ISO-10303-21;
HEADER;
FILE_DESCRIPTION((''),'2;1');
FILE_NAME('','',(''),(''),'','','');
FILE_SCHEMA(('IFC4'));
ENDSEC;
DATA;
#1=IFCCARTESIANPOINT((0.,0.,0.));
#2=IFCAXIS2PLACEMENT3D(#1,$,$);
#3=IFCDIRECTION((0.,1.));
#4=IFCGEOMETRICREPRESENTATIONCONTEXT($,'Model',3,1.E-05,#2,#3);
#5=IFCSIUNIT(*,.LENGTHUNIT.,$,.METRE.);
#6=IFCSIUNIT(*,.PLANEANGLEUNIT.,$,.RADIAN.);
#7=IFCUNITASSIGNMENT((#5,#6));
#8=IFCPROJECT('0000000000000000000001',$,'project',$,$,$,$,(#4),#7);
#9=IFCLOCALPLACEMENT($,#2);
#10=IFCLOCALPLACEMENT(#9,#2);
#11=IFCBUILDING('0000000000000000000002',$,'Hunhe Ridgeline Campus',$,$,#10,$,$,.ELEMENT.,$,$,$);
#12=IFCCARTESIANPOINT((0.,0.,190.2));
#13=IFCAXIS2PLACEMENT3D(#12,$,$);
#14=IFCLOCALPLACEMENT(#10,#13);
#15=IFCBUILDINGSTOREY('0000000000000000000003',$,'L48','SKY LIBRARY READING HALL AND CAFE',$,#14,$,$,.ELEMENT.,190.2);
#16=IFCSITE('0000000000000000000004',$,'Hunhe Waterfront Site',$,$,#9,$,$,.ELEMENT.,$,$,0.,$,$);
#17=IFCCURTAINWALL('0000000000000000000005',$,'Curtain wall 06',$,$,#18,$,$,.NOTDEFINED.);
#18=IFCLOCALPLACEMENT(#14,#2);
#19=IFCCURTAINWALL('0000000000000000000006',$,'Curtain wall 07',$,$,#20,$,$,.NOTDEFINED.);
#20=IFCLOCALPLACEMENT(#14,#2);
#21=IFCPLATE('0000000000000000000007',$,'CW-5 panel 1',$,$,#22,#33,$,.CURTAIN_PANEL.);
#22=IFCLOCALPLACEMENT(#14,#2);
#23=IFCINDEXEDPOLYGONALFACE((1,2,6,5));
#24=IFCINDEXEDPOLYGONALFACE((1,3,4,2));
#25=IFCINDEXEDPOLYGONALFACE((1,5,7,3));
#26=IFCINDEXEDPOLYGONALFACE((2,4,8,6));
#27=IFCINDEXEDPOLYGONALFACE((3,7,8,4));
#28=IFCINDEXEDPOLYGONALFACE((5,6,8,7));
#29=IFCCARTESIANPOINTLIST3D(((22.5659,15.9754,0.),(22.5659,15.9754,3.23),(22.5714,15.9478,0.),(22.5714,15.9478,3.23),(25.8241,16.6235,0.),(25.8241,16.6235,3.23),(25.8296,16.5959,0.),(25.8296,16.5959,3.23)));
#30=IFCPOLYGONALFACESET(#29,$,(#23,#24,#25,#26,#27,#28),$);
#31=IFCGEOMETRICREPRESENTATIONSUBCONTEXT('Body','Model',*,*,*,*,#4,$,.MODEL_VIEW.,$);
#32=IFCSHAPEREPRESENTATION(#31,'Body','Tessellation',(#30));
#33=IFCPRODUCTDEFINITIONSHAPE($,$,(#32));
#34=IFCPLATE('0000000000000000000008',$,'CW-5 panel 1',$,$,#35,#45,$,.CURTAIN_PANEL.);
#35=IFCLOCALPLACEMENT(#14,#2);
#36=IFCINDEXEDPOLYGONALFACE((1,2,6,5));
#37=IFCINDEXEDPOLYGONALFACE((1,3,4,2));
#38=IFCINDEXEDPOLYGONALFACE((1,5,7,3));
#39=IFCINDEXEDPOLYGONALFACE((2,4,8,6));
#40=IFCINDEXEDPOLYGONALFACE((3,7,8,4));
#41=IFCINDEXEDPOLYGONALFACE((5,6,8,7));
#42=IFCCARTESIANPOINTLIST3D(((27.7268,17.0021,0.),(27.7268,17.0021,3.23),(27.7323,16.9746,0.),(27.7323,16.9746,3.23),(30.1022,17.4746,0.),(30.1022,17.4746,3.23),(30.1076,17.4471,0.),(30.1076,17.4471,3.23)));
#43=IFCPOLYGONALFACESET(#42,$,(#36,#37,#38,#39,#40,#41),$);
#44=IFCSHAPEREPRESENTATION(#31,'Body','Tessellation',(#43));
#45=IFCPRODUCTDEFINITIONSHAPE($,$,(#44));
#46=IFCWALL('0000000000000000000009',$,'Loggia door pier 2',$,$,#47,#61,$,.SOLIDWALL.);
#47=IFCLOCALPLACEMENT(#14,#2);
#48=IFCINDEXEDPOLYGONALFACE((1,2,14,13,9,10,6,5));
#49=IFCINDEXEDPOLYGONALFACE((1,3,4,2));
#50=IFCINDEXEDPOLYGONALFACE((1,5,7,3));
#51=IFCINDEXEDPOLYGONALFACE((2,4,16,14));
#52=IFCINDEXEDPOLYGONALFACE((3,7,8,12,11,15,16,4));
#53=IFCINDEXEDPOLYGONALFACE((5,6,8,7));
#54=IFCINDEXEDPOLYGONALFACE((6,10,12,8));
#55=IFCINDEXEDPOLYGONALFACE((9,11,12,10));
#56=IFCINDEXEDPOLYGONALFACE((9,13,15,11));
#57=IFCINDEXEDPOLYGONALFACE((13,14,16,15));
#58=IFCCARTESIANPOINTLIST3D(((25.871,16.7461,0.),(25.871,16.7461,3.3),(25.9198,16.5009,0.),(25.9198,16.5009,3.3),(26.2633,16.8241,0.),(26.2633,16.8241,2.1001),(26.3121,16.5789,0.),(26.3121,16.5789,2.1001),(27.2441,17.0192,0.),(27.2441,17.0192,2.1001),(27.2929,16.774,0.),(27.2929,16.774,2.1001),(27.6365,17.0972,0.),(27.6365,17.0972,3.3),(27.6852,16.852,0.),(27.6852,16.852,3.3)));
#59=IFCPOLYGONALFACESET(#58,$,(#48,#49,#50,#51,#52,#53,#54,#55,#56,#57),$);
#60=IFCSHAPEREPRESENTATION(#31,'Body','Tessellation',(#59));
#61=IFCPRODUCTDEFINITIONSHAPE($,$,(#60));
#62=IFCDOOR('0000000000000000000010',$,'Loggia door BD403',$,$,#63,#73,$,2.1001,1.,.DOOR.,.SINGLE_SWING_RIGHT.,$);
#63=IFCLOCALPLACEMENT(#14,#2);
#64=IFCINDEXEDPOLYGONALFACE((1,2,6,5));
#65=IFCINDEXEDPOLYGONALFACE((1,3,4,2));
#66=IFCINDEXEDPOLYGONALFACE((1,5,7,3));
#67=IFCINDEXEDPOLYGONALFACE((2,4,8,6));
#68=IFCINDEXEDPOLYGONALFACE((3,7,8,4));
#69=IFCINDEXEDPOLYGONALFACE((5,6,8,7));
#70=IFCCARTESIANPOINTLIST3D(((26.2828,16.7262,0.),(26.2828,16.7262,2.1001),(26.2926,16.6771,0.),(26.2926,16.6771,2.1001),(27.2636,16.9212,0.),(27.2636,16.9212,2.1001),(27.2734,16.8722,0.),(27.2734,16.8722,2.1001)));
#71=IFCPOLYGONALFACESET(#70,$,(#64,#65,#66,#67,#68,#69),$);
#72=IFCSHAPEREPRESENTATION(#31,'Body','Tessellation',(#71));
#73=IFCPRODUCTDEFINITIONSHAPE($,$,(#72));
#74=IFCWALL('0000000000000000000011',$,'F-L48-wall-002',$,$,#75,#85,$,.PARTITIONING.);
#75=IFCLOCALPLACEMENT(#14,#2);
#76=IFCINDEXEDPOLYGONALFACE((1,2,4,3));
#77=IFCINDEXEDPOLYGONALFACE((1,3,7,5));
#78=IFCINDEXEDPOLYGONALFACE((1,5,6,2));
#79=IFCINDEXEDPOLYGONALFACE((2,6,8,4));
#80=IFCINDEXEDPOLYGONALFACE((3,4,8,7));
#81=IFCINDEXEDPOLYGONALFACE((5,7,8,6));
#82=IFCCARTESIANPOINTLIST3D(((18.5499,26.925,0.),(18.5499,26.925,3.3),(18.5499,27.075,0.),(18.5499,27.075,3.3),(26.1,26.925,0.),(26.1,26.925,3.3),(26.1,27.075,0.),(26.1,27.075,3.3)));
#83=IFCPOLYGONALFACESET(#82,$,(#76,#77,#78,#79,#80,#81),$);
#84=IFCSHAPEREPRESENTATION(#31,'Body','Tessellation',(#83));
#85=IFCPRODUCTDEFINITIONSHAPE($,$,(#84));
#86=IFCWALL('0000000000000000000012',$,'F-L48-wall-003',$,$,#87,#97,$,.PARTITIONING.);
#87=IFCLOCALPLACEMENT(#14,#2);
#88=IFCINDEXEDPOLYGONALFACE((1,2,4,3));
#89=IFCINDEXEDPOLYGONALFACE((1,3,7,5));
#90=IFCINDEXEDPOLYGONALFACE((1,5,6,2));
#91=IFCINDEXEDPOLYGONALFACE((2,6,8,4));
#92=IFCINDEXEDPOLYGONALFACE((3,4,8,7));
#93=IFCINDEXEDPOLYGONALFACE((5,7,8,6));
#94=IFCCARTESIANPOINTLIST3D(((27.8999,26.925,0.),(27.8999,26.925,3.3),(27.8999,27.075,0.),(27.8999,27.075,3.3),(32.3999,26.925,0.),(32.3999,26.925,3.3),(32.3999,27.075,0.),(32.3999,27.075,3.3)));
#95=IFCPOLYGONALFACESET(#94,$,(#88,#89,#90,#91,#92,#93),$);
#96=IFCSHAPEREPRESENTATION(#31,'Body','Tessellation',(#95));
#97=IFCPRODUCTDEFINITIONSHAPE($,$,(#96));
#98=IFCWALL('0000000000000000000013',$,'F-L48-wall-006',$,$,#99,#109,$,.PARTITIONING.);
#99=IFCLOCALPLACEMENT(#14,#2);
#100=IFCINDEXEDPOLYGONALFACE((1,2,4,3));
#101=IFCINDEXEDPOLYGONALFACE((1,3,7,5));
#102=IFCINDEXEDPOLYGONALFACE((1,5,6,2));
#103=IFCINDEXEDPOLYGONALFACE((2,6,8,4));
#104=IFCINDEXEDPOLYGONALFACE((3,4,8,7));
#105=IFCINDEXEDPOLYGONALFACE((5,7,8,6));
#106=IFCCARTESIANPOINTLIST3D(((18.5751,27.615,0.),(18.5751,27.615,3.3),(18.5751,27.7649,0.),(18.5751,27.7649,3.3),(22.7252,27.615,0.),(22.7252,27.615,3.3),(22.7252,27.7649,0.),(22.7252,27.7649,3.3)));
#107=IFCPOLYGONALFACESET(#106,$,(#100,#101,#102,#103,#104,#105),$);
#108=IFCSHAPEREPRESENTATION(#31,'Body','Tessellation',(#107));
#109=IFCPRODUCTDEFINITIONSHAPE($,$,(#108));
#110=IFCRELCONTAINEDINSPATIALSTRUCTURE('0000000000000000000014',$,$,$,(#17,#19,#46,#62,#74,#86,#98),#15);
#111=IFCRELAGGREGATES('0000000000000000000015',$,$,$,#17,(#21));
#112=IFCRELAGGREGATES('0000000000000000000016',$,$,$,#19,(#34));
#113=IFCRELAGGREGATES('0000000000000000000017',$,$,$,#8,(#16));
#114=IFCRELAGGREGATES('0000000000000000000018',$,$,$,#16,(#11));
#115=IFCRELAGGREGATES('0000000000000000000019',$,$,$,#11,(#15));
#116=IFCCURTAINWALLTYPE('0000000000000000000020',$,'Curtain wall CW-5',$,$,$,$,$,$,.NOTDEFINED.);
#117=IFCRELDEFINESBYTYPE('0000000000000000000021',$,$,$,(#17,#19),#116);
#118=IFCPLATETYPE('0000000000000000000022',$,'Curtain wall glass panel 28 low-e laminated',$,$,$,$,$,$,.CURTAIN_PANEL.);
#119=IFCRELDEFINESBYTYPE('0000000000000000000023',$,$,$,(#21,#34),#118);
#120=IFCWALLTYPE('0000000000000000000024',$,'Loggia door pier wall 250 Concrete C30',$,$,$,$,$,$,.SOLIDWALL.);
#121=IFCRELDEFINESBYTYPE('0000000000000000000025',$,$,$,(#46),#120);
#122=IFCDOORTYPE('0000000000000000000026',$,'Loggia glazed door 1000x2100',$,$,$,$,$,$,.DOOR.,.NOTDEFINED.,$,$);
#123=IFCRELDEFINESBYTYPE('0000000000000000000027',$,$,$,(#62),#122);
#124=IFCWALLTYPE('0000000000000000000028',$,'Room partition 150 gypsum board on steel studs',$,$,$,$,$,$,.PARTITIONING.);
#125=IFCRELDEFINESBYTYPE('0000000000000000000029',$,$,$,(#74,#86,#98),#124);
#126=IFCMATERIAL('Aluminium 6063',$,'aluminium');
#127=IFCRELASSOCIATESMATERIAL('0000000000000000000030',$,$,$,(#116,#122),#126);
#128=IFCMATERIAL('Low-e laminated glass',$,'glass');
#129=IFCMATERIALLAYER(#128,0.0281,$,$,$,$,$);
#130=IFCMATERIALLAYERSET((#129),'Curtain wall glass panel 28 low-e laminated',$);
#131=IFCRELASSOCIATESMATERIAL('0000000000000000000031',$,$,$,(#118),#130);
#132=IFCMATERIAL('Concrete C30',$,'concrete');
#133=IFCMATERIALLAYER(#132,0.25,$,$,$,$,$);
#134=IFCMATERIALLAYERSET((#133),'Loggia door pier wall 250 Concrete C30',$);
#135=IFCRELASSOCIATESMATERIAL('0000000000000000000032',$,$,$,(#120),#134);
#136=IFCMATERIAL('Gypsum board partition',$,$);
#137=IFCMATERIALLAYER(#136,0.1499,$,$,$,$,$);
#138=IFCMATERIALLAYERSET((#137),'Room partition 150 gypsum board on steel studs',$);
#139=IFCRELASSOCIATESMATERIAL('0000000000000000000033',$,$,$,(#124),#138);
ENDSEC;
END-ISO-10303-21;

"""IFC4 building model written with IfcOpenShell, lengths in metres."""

from ifc_helpers import new_model, si_unit, direction, frame, frame_2d, origin, origin_2d, place, context, subcontext, project, spatial, rectangle, extrude, material, layer, layer_set, type_object, element, fill, aggregate, save


model = new_model("IFC4")

# Units and contexts
model_context = context("Model", 3, precision=1e-05, world=origin(), true_north=direction((0.0, 1.0)))
body_context = subcontext(model_context, "Body", "Model", "MODEL_VIEW")
ifc_project = project(units=[si_unit("LENGTHUNIT", "METRE"), si_unit("PLANEANGLEUNIT", "RADIAN")], contexts=[model_context])

# Site, building, storey
site_placement = place(None, origin())
site = spatial("IfcSite", under=ifc_project, at=site_placement, Name="Hunhe Waterfront Site", CompositionType="ELEMENT", RefElevation=0.0)
building_placement = place(site_placement, origin())
building = spatial("IfcBuilding", under=site, at=building_placement, Name="Hunhe Ridgeline Campus", CompositionType="ELEMENT")
storey_placement = place(building_placement, frame((0.0, 0.0, 190.2)))
storey = spatial("IfcBuildingStorey", under=building, at=storey_placement, Name="L48", Description="SKY LIBRARY READING HALL AND CAFE", CompositionType="ELEMENT", Elevation=190.2)

# Curtain walls
ifc_material_1 = material(Name="Aluminium 6063", Category="aluminium")
curtain_wall_type = type_object("IfcCurtainWallType", Name="Curtain wall CW-5", PredefinedType="NOTDEFINED", material=ifc_material_1)
curtain_wall_1_placement = place(storey_placement, origin())
curtain_wall_1 = element("IfcCurtainWall", 1, at=curtain_wall_1_placement, inside=storey, type_object=curtain_wall_type, Name="Curtain wall 06", PredefinedType="NOTDEFINED")
curtain_wall_2_placement = place(storey_placement, origin())
curtain_wall_2 = element("IfcCurtainWall", 2, at=curtain_wall_2_placement, inside=storey, type_object=curtain_wall_type, Name="Curtain wall 07", PredefinedType="NOTDEFINED")

# Plates
ifc_material_2 = material(Name="Low-e laminated glass", Category="glass")
ifc_layer_1 = layer(ifc_material_2, 0.0281)
ifc_layer_set_1 = layer_set([ifc_layer_1], Name="Curtain wall glass panel 28 low-e laminated")
plate_type = type_object("IfcPlateType", Name="Curtain wall glass panel 28 low-e laminated", PredefinedType="CURTAIN_PANEL", material=ifc_layer_set_1)
plate_1_placement = place(storey_placement, frame((24.1978, 16.2856, 0.0), z_axis=(0.0, 0.0, 1.0), x_axis=(0.980785, 0.19509, 0.0)))
plate_1 = element("IfcPlate", 3, at=plate_1_placement, type_object=plate_type, Name="CW-5 panel 1", PredefinedType="CURTAIN_PANEL", context=body_context, shape_type="SweptSolid", body=[
    extrude(rectangle(XDim=3.322, YDim=0.0281, at=origin_2d()), origin(), (0.0, 0.0, 1.0), 3.23),
])
aggregate(curtain_wall_1, [plate_1])
plate_2_placement = place(storey_placement, frame((28.9172, 17.2246, 0.0), z_axis=(0.0, 0.0, 1.0), x_axis=(0.980785, 0.195091, 0.0)))
plate_2 = element("IfcPlate", 4, at=plate_2_placement, type_object=plate_type, Name="CW-5 panel 1", PredefinedType="CURTAIN_PANEL", context=body_context, shape_type="SweptSolid", body=[
    extrude(rectangle(XDim=2.4219, YDim=0.0281, at=origin_2d()), origin(), (0.0, 0.0, 1.0), 3.23),
])
aggregate(curtain_wall_2, [plate_2])

# Wall, opening, door
ifc_material_3 = material(Name="Concrete C30", Category="concrete")
ifc_layer_2 = layer(ifc_material_3, 0.25)
ifc_layer_set_2 = layer_set([ifc_layer_2], Name="Loggia door pier wall 250 Concrete C30")
wall_type_1 = type_object("IfcWallType", Name="Loggia door pier wall 250 Concrete C30", PredefinedType="SOLIDWALL", material=ifc_layer_set_2)
wall_1_placement = place(storey_placement, frame((25.8955, 16.6235, 0.0), z_axis=(0.0, 0.0, 1.0), x_axis=(0.980794, 0.195047, 0.0)))
wall_1 = element("IfcWall", 5, at=wall_1_placement, inside=storey, type_object=wall_type_1, Name="Loggia door pier 2", PredefinedType="SOLIDWALL", context=body_context, shape_type="SweptSolid", body=[
    extrude(rectangle(XDim=1.8, YDim=0.25, at=frame_2d((0.8999, 0.0))), origin(), (0.0, 0.0, 1.0), 3.3),
])
opening_placement = place(wall_1_placement, frame((0.3999, 0.0, 0.0)))
opening = element("IfcOpeningElement", 6, at=opening_placement, cuts=wall_1, PredefinedType="OPENING", context=body_context, shape_type="SweptSolid", body=[
    extrude(rectangle(XDim=1.0, YDim=2.1001, at=frame_2d((0.5, 1.05))), frame((0.0, 0.125, 0.0), z_axis=(0.0, -1.0, 0.0), x_axis=(1.0, 0.0, 0.0)), (0.0, 0.0, 1.0), 0.25),
])
door_type = type_object("IfcDoorType", Name="Loggia glazed door 1000x2100", OperationType="NOTDEFINED", PredefinedType="DOOR", material=ifc_material_1)
door_placement = place(opening_placement, frame((1.0, 0.0, 0.0), z_axis=(0.0, 0.0, 1.0), x_axis=(-1.0, 0.0, 0.0)))
door = element("IfcDoor", 7, at=door_placement, inside=storey, type_object=door_type, Name="Loggia door BD403", OperationType="SINGLE_SWING_RIGHT", OverallHeight=2.1001, OverallWidth=1.0, PredefinedType="DOOR", context=body_context, shape_type="SweptSolid", body=[
    extrude(rectangle(XDim=1.0, YDim=2.1001, at=frame_2d((0.5, 1.05))), frame((0.0, 0.0249, 0.0), z_axis=(0.0, -1.0, 0.0), x_axis=(1.0, 0.0, 0.0)), (0.0, 0.0, 1.0), 0.05),
])
fill(opening, door)

# Walls
ifc_material_4 = material(Name="Gypsum board partition")
ifc_layer_3 = layer(ifc_material_4, 0.1499)
ifc_layer_set_3 = layer_set([ifc_layer_3], Name="Room partition 150 gypsum board on steel studs")
wall_type_2 = type_object("IfcWallType", Name="Room partition 150 gypsum board on steel studs", PredefinedType="PARTITIONING", material=ifc_layer_set_3)
wall_2_placement = place(storey_placement, frame((18.55, 27.0, 0.0), z_axis=(0.0, 0.0, 1.0), x_axis=(1.0, 0.0, 0.0)))
element("IfcWall", 8, at=wall_2_placement, inside=storey, type_object=wall_type_2, Name="F-L48-wall-002", PredefinedType="PARTITIONING", context=body_context, shape_type="SweptSolid", body=[
    extrude(rectangle(XDim=7.55, YDim=0.1499, at=frame_2d((3.7749, 0.0))), origin(), (0.0, 0.0, 1.0), 3.3),
])
wall_3_placement = place(storey_placement, frame((27.8999, 27.0, 0.0), z_axis=(0.0, 0.0, 1.0), x_axis=(1.0, 0.0, 0.0)))
element("IfcWall", 9, at=wall_3_placement, inside=storey, type_object=wall_type_2, Name="F-L48-wall-003", PredefinedType="PARTITIONING", context=body_context, shape_type="SweptSolid", body=[
    extrude(rectangle(XDim=4.5, YDim=0.1499, at=frame_2d((2.25, 0.0))), origin(), (0.0, 0.0, 1.0), 3.3),
])
wall_4_placement = place(storey_placement, frame((18.575, 27.6899, 0.0), z_axis=(0.0, 0.0, 1.0), x_axis=(1.0, 0.0, 0.0)))
element("IfcWall", 10, at=wall_4_placement, inside=storey, type_object=wall_type_2, Name="F-L48-wall-006", PredefinedType="PARTITIONING", context=body_context, shape_type="SweptSolid", body=[
    extrude(rectangle(XDim=4.1501, YDim=0.1499, at=frame_2d((2.0752, 0.0))), origin(), (0.0, 0.0, 1.0), 3.3),
])

save(model, "model.ifc")
